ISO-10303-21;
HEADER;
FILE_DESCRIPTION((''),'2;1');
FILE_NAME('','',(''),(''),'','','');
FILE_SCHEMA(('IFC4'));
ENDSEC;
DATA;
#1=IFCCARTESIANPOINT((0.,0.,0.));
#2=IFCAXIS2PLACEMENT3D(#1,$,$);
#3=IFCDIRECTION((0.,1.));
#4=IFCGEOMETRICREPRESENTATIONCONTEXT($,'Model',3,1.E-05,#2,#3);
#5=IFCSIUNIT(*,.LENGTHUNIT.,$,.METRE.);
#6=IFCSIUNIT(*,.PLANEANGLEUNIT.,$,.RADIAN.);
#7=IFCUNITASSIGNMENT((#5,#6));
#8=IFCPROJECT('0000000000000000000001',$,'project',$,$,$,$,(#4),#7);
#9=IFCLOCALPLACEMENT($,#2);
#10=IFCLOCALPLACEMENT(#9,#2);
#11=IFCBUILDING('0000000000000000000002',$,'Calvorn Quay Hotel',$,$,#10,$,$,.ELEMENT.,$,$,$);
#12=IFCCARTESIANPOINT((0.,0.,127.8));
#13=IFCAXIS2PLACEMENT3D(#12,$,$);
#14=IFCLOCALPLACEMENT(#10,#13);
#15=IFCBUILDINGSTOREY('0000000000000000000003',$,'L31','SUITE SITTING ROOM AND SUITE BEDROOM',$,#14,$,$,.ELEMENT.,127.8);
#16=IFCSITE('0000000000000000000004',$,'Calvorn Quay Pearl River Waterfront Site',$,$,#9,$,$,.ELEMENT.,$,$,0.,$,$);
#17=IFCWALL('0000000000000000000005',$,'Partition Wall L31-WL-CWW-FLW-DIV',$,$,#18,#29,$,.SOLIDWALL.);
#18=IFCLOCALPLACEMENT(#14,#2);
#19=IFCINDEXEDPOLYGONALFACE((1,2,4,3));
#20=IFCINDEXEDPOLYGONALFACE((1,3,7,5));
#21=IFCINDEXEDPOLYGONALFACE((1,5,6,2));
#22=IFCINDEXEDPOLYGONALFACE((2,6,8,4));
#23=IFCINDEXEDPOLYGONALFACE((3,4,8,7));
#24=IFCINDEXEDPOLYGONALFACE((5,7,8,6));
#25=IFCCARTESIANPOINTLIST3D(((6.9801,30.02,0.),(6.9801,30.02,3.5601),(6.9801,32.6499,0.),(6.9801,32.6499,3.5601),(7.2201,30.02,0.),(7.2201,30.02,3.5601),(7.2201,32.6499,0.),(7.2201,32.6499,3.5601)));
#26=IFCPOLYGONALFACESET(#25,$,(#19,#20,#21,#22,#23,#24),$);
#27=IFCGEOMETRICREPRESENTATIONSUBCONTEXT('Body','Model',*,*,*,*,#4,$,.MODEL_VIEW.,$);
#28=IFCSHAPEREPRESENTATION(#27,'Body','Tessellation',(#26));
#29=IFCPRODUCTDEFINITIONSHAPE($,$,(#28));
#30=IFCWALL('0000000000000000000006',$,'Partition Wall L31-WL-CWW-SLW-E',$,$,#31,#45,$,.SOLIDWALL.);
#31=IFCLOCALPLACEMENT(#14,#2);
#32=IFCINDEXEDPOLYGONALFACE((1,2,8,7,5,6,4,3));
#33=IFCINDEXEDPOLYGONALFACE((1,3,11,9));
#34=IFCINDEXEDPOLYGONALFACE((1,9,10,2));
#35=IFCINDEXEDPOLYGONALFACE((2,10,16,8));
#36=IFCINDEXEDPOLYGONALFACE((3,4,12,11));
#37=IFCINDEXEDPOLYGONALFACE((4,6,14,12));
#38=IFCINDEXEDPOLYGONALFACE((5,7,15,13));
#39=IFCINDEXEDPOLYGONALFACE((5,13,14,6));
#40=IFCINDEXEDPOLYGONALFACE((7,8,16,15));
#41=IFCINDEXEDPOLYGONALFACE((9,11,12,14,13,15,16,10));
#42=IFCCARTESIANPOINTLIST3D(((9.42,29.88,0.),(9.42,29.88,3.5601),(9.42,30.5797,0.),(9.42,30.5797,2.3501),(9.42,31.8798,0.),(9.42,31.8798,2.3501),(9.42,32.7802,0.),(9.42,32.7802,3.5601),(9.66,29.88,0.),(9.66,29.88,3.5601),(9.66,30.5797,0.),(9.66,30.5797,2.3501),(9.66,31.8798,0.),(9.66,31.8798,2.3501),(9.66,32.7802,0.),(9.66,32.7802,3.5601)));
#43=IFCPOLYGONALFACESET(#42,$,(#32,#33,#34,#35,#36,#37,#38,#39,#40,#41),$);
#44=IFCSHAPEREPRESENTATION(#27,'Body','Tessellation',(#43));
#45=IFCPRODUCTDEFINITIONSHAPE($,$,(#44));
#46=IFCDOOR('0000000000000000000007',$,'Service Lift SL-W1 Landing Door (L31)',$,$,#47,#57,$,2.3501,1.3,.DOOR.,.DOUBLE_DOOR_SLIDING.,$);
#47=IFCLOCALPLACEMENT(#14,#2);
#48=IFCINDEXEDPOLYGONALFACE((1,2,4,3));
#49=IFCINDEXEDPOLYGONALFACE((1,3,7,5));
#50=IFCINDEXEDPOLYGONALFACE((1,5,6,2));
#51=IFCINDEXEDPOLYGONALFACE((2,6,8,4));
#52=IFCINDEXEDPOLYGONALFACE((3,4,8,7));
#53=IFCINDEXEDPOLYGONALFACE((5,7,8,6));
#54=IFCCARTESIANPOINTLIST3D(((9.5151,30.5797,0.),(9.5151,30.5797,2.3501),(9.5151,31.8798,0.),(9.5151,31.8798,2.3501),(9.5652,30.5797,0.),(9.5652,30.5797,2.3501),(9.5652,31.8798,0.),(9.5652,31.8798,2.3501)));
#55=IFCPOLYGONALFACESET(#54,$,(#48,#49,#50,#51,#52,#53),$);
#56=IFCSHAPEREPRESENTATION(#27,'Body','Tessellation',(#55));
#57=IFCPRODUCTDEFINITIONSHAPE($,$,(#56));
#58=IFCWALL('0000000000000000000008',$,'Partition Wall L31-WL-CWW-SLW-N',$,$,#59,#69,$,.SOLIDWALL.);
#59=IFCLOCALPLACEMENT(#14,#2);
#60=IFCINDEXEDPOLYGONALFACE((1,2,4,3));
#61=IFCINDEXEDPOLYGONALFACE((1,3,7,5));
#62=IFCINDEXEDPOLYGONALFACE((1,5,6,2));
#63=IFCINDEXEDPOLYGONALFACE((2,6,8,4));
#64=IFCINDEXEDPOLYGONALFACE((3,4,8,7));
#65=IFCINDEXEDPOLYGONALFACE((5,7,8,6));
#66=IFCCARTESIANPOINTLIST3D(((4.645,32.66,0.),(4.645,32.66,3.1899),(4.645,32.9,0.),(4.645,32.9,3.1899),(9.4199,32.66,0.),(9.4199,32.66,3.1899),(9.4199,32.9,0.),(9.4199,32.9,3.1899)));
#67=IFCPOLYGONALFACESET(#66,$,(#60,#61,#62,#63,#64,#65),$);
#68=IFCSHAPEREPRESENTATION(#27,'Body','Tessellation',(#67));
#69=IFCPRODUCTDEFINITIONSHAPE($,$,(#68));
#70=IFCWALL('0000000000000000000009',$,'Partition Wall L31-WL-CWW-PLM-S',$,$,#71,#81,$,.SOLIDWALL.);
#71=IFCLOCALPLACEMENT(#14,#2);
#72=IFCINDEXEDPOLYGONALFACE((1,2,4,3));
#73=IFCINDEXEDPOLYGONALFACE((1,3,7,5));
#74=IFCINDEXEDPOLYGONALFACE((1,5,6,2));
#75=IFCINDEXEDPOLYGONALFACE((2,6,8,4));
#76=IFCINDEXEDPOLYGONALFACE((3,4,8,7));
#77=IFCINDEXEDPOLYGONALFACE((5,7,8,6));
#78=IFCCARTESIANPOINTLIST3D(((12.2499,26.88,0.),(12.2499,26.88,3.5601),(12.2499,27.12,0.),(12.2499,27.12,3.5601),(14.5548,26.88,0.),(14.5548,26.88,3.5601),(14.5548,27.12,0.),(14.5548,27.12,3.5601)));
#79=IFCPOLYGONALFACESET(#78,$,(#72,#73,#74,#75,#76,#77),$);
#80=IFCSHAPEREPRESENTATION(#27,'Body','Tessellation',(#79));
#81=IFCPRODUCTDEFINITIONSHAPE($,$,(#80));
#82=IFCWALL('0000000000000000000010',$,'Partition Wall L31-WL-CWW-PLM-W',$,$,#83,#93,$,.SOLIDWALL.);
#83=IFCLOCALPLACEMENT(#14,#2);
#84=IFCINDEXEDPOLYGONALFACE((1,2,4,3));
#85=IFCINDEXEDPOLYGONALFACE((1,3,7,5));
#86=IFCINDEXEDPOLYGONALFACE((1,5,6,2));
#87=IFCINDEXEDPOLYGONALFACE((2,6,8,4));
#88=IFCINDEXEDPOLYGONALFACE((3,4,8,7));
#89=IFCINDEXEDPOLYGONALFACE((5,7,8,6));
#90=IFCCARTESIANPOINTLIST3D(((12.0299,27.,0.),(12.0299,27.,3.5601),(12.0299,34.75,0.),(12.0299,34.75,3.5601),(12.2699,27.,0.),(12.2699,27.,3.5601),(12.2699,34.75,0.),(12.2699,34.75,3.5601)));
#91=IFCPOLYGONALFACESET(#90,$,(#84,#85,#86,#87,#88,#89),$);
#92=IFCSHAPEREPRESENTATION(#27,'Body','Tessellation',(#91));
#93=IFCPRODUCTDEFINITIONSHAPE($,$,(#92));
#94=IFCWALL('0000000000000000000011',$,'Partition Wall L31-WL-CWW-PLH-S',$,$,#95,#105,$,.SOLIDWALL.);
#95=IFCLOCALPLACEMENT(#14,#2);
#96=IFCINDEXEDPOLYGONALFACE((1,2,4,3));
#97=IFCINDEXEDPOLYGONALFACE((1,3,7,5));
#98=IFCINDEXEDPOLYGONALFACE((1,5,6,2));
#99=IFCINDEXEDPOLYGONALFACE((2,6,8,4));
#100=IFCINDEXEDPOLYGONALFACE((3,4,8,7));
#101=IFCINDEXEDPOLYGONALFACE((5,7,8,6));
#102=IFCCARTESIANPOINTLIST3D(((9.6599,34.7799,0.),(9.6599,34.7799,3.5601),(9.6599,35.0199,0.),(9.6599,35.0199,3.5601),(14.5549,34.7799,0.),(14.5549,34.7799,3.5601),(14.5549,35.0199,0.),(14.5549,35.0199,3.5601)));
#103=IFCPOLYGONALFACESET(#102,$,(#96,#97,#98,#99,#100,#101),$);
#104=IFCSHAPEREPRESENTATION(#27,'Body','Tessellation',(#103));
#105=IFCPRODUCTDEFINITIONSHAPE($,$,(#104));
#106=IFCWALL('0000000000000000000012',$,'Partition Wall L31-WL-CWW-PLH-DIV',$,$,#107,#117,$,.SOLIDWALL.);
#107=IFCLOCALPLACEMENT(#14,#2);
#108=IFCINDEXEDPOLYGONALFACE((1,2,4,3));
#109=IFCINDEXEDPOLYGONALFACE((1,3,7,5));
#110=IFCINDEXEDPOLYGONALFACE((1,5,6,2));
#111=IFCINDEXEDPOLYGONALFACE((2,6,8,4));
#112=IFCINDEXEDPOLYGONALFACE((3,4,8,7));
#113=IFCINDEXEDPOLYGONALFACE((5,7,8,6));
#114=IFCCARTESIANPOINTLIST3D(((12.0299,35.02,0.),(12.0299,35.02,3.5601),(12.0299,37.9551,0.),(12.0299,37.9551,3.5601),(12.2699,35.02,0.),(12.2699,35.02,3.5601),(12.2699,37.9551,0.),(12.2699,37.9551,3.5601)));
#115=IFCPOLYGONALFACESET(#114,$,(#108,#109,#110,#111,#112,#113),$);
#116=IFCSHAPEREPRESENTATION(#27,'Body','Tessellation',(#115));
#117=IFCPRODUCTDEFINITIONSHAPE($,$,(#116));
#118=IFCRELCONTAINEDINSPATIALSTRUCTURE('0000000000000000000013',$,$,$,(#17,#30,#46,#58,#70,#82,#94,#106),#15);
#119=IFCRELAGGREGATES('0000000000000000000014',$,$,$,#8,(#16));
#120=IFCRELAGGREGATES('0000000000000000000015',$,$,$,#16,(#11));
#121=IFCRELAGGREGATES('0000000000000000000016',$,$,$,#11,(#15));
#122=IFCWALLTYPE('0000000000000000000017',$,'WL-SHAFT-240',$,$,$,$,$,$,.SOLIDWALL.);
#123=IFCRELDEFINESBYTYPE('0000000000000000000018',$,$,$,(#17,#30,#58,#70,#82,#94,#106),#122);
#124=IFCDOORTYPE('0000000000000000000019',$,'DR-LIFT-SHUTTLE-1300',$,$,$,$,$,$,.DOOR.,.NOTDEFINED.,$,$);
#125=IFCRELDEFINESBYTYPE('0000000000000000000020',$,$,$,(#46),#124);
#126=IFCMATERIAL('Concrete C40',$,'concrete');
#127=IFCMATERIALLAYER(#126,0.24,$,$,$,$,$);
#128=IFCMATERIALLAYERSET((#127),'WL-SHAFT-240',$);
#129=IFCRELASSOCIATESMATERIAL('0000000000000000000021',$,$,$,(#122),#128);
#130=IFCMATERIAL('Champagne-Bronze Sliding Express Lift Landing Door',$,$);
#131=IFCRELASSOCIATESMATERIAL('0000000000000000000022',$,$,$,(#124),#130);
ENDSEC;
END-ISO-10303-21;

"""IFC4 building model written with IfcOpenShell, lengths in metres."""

from ifc_helpers import new_model, si_unit, direction, frame, frame_2d, origin, place, context, subcontext, project, spatial, rectangle, extrude, material, layer, layer_set, type_object, element, fill, save


model = new_model("IFC4")

# Units and contexts
model_context = context("Model", 3, precision=1e-05, world=origin(), true_north=direction((0.0, 1.0)))
body_context = subcontext(model_context, "Body", "Model", "MODEL_VIEW")
ifc_project = project(units=[si_unit("LENGTHUNIT", "METRE"), si_unit("PLANEANGLEUNIT", "RADIAN")], contexts=[model_context])

# Site, building, storey
site_placement = place(None, origin())
site = spatial("IfcSite", under=ifc_project, at=site_placement, Name="Calvorn Quay Pearl River Waterfront Site", CompositionType="ELEMENT", RefElevation=0.0)
building_placement = place(site_placement, origin())
building = spatial("IfcBuilding", under=site, at=building_placement, Name="Calvorn Quay Hotel", CompositionType="ELEMENT")
storey_placement = place(building_placement, frame((0.0, 0.0, 127.8)))
storey = spatial("IfcBuildingStorey", under=building, at=storey_placement, Name="L31", Description="SUITE SITTING ROOM AND SUITE BEDROOM", CompositionType="ELEMENT", Elevation=127.8)

# Shared definitions
ifc_material_1 = material(Name="Concrete C40", Category="concrete")
ifc_layer_1 = layer(ifc_material_1, 0.24)
ifc_layer_set_1 = layer_set([ifc_layer_1], Name="WL-SHAFT-240")
wall_type_1 = type_object("IfcWallType", Name="WL-SHAFT-240", PredefinedType="SOLIDWALL", material=ifc_layer_set_1)

# Shared definitions
ifc_material_2 = material(Name="Champagne-Bronze Sliding Express Lift Landing Door")
door_type_1 = type_object("IfcDoorType", Name="DR-LIFT-SHUTTLE-1300", OperationType="NOTDEFINED", PredefinedType="DOOR", material=ifc_material_2)

# Wall
wall_1_placement = place(storey_placement, frame((7.1001, 30.02, 0.0), z_axis=(0.0, 0.0, 1.0), x_axis=(0.0, 1.0, 0.0)))
element("IfcWall", 1, at=wall_1_placement, inside=storey, type_object=wall_type_1, Name="Partition Wall L31-WL-CWW-FLW-DIV", PredefinedType="SOLIDWALL", context=body_context, shape_type="SweptSolid", body=[
    extrude(rectangle(XDim=2.6299, YDim=0.24, at=frame_2d((1.3149, 0.0))), origin(), (0.0, 0.0, 1.0), 3.5601),
])

# Wall, opening, door
wall_2_placement = place(storey_placement, frame((9.54, 29.8799, 0.0), z_axis=(0.0, 0.0, 1.0), x_axis=(0.0, 1.0, 0.0)))
wall_2 = element("IfcWall", 2, at=wall_2_placement, inside=storey, type_object=wall_type_1, Name="Partition Wall L31-WL-CWW-SLW-E", PredefinedType="SOLIDWALL", context=body_context, shape_type="SweptSolid", body=[
    extrude(rectangle(XDim=2.9001, YDim=0.24, at=frame_2d((1.4502, 0.0))), origin(), (0.0, 0.0, 1.0), 3.5601),
])
opening_1_placement = place(wall_2_placement, frame((0.7, 0.0, 0.0)))
opening_1 = element("IfcOpeningElement", 3, at=opening_1_placement, cuts=wall_2, PredefinedType="OPENING", context=body_context, shape_type="SweptSolid", body=[
    extrude(rectangle(XDim=1.3, YDim=2.3501, at=frame_2d((0.6499, 1.175))), frame((0.0, 0.1299, 0.0), z_axis=(0.0, -1.0, 0.0), x_axis=(1.0, 0.0, 0.0)), (0.0, 0.0, 1.0), 0.26),
])
door_1_placement = place(opening_1_placement, origin())
door_1 = element("IfcDoor", 4, at=door_1_placement, inside=storey, type_object=door_type_1, Name="Service Lift SL-W1 Landing Door (L31)", OperationType="DOUBLE_DOOR_SLIDING", OverallHeight=2.3501, OverallWidth=1.3, PredefinedType="DOOR", context=body_context, shape_type="SweptSolid", body=[
    extrude(rectangle(XDim=1.3, YDim=2.3501, at=frame_2d((0.6499, 1.175))), frame((0.0, 0.0249, 0.0), z_axis=(0.0, -1.0, 0.0), x_axis=(1.0, 0.0, 0.0)), (0.0, 0.0, 1.0), 0.05),
])
fill(opening_1, door_1)

# Walls
wall_3_placement = place(storey_placement, frame((4.645, 32.78, 0.0), z_axis=(0.0, 0.0, 1.0), x_axis=(1.0, 0.0, 0.0)))
element("IfcWall", 5, at=wall_3_placement, inside=storey, type_object=wall_type_1, Name="Partition Wall L31-WL-CWW-SLW-N", PredefinedType="SOLIDWALL", context=body_context, shape_type="SweptSolid", body=[
    extrude(rectangle(XDim=4.7749, YDim=0.24, at=frame_2d((2.3875, 0.0))), origin(), (0.0, 0.0, 1.0), 3.1899),
])
wall_4_placement = place(storey_placement, frame((12.25, 27.0, 0.0), z_axis=(0.0, 0.0, 1.0), x_axis=(1.0, 0.0, 0.0)))
element("IfcWall", 6, at=wall_4_placement, inside=storey, type_object=wall_type_1, Name="Partition Wall L31-WL-CWW-PLM-S", PredefinedType="SOLIDWALL", context=body_context, shape_type="SweptSolid", body=[
    extrude(rectangle(XDim=2.3049, YDim=0.24, at=frame_2d((1.1523, 0.0))), origin(), (0.0, 0.0, 1.0), 3.5601),
])
wall_5_placement = place(storey_placement, frame((12.1499, 27.0, 0.0), z_axis=(0.0, 0.0, 1.0), x_axis=(0.0, 1.0, 0.0)))
element("IfcWall", 7, at=wall_5_placement, inside=storey, type_object=wall_type_1, Name="Partition Wall L31-WL-CWW-PLM-W", PredefinedType="SOLIDWALL", context=body_context, shape_type="SweptSolid", body=[
    extrude(rectangle(XDim=7.75, YDim=0.24, at=frame_2d((3.875, 0.0))), origin(), (0.0, 0.0, 1.0), 3.5601),
])
wall_6_placement = place(storey_placement, frame((9.6599, 34.8999, 0.0), z_axis=(0.0, 0.0, 1.0), x_axis=(1.0, 0.0, 0.0)))
element("IfcWall", 8, at=wall_6_placement, inside=storey, type_object=wall_type_1, Name="Partition Wall L31-WL-CWW-PLH-S", PredefinedType="SOLIDWALL", context=body_context, shape_type="SweptSolid", body=[
    extrude(rectangle(XDim=4.895, YDim=0.24, at=frame_2d((2.4475, 0.0))), origin(), (0.0, 0.0, 1.0), 3.5601),
])
wall_7_placement = place(storey_placement, frame((12.1499, 35.02, 0.0), z_axis=(0.0, 0.0, 1.0), x_axis=(0.0, 1.0, 0.0)))
element("IfcWall", 9, at=wall_7_placement, inside=storey, type_object=wall_type_1, Name="Partition Wall L31-WL-CWW-PLH-DIV", PredefinedType="SOLIDWALL", context=body_context, shape_type="SweptSolid", body=[
    extrude(rectangle(XDim=2.9351, YDim=0.24, at=frame_2d((1.4675, 0.0))), origin(), (0.0, 0.0, 1.0), 3.5601),
])

save(model, "model.ifc")
